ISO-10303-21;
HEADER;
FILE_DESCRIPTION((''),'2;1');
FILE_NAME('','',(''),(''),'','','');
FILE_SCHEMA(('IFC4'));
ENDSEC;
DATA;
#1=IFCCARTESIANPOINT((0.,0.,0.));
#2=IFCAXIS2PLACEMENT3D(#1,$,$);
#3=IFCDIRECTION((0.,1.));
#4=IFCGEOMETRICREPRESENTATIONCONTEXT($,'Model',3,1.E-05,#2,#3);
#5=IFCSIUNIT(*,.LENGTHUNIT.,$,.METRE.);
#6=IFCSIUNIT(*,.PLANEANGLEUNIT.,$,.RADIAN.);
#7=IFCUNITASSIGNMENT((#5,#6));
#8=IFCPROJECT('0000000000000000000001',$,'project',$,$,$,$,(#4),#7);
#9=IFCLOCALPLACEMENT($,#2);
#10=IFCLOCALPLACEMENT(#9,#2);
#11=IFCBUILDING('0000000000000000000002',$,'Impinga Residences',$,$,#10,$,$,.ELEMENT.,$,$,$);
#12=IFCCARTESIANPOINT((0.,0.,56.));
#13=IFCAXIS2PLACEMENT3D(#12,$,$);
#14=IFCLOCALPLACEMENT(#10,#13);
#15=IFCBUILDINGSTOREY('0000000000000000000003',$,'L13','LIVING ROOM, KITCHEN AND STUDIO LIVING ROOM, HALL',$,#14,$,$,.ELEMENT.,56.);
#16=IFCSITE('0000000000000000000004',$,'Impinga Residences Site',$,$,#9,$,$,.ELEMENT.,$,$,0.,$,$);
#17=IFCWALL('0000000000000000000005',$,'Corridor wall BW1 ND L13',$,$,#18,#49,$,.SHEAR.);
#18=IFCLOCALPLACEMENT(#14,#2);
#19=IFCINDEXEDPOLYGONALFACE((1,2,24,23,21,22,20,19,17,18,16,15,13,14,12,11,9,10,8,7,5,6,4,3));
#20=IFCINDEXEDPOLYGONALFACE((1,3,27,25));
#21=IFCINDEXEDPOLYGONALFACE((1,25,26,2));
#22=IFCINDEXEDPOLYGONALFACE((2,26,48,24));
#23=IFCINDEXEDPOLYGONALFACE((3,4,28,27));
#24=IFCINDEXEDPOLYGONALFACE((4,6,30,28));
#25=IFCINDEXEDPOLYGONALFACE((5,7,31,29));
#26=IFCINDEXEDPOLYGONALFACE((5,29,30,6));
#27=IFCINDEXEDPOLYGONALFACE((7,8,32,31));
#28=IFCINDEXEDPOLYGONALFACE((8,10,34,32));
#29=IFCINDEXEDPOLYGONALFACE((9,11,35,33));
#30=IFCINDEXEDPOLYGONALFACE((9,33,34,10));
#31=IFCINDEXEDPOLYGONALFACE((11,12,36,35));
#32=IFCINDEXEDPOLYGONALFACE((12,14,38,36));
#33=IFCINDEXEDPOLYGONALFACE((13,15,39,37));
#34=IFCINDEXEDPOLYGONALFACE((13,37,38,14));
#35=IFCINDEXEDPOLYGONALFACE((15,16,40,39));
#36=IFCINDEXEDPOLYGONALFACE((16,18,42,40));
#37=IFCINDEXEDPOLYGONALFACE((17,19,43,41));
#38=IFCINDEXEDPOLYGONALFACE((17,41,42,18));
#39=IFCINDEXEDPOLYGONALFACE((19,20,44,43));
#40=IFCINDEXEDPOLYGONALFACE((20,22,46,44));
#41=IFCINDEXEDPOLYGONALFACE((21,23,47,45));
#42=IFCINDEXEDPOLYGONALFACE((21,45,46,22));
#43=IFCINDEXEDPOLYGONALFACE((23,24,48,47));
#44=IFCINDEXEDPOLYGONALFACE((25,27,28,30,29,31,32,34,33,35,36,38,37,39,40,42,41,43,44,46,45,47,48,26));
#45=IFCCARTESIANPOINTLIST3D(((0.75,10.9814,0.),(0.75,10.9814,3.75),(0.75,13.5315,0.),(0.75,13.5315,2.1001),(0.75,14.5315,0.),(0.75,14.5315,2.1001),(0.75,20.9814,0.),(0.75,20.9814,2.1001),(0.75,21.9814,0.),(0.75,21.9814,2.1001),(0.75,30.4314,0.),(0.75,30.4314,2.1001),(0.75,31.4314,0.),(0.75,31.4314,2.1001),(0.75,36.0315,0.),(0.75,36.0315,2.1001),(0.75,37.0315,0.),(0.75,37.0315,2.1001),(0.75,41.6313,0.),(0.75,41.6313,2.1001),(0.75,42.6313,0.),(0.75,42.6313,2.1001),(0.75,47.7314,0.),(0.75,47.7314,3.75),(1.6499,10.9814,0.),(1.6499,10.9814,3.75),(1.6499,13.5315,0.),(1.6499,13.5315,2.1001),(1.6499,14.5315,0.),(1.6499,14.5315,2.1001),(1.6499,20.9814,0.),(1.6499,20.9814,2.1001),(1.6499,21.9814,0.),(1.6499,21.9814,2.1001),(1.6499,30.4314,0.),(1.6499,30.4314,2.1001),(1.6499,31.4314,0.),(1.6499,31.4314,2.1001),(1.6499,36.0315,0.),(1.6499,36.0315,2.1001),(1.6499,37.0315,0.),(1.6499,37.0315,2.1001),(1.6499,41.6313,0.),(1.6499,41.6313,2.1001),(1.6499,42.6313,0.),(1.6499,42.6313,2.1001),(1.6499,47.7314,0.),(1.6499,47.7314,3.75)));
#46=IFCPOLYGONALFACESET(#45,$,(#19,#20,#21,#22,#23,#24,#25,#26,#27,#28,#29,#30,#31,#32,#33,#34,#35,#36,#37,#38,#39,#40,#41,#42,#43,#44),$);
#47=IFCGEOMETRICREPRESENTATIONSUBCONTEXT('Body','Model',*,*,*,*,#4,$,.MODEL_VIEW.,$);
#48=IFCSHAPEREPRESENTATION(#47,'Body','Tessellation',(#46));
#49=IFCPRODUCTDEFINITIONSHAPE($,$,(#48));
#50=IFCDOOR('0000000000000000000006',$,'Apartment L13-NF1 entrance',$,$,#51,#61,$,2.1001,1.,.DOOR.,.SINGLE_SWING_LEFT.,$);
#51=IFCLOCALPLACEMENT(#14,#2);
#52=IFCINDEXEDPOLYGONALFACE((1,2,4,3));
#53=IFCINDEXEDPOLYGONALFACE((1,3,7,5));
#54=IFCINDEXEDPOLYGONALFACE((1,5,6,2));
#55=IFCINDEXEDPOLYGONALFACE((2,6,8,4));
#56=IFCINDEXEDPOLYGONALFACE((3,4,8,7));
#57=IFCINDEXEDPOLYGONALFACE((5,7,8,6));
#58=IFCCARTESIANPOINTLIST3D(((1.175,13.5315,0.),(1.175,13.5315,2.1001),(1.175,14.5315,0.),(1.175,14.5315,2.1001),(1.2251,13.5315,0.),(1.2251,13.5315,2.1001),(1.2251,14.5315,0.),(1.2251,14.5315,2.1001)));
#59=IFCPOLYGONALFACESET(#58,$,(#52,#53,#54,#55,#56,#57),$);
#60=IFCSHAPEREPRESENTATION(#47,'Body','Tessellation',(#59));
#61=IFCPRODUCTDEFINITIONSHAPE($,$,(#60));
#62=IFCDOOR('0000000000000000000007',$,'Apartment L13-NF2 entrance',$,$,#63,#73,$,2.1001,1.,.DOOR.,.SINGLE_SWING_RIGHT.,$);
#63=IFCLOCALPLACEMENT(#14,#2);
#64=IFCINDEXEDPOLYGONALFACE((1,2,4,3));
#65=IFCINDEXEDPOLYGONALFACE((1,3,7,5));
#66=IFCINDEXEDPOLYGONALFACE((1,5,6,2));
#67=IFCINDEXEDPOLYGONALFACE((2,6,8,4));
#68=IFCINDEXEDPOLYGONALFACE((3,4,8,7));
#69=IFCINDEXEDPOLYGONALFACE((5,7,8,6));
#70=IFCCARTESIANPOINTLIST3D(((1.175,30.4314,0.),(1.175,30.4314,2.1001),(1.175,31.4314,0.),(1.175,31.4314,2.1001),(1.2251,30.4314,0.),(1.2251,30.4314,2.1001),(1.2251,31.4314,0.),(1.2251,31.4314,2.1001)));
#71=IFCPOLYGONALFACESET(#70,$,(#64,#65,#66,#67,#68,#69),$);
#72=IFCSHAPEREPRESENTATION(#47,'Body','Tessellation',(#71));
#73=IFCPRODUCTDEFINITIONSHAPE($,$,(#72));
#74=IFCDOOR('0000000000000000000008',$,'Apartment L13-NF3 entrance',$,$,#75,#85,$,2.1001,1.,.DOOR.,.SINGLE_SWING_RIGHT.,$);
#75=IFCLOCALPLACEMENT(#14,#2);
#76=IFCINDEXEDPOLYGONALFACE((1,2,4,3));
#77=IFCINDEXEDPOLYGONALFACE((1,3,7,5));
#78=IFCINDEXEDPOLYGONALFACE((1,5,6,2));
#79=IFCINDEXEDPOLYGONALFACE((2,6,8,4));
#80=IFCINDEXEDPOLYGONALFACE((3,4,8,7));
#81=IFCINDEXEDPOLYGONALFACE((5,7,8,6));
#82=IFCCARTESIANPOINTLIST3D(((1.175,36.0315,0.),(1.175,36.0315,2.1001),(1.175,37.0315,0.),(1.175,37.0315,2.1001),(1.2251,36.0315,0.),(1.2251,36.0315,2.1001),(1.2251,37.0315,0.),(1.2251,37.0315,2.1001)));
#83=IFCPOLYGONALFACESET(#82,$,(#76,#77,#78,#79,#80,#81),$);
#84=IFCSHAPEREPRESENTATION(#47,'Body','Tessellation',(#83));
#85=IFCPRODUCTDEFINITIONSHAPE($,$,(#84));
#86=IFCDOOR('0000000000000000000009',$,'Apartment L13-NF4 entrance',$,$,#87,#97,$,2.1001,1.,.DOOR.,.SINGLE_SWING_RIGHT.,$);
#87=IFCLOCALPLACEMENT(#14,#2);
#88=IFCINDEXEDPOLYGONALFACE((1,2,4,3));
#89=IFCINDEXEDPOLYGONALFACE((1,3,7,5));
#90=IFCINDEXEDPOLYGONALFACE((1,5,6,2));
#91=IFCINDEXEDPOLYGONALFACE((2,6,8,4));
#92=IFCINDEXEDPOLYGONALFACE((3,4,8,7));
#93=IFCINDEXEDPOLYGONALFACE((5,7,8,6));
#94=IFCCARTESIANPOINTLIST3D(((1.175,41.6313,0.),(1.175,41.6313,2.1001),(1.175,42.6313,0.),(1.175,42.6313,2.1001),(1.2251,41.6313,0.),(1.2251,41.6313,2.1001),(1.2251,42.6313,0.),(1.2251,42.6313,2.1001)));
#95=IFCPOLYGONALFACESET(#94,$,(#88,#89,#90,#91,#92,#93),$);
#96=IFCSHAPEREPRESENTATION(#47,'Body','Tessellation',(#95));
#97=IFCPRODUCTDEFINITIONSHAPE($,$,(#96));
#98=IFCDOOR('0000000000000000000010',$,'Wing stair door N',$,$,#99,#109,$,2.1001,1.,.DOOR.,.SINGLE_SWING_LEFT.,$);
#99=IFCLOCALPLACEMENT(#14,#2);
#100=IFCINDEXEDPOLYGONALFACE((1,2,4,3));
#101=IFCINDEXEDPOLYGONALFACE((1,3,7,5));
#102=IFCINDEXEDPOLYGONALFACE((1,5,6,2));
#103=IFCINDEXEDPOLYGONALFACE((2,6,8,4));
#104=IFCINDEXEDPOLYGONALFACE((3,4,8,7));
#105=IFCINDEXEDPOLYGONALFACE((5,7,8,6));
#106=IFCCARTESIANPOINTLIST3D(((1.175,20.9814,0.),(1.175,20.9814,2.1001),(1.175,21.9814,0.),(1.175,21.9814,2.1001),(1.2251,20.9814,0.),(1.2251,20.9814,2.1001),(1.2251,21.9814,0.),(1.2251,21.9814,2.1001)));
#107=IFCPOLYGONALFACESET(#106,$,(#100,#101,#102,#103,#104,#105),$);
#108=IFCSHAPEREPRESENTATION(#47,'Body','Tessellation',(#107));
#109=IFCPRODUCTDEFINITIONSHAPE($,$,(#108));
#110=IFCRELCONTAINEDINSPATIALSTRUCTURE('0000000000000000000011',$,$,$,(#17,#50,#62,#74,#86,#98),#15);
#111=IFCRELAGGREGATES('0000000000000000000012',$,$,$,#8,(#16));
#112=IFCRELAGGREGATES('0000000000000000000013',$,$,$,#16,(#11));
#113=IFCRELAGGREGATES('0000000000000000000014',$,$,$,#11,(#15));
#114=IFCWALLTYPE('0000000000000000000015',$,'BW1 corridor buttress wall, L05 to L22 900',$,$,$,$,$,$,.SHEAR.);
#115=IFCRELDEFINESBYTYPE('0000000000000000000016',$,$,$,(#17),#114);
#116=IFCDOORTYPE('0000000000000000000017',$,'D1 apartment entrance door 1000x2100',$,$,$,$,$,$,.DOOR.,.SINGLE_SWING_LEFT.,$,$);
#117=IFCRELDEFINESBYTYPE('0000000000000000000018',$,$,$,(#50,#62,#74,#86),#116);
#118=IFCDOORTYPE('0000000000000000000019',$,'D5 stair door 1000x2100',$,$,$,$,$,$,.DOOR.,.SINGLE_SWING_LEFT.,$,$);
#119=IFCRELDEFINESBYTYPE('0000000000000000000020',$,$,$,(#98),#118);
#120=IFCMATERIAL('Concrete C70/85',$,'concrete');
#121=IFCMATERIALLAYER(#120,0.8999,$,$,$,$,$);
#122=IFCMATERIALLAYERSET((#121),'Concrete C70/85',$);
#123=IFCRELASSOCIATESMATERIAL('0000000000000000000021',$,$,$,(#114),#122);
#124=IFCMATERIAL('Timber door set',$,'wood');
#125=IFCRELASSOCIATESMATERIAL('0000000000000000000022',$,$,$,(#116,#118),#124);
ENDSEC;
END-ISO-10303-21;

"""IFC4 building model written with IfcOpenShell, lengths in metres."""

from ifc_helpers import new_model, si_unit, direction, frame, frame_2d, origin, place, context, subcontext, project, spatial, rectangle, extrude, material, layer, layer_set, type_object, element, fill, save


model = new_model("IFC4")

# Units and contexts
model_context = context("Model", 3, precision=1e-05, world=origin(), true_north=direction((0.0, 1.0)))
body_context = subcontext(model_context, "Body", "Model", "MODEL_VIEW")
ifc_project = project(units=[si_unit("LENGTHUNIT", "METRE"), si_unit("PLANEANGLEUNIT", "RADIAN")], contexts=[model_context])

# Site, building, storey
site_placement = place(None, origin())
site = spatial("IfcSite", under=ifc_project, at=site_placement, Name="Impinga Residences Site", CompositionType="ELEMENT", RefElevation=0.0)
building_placement = place(site_placement, origin())
building = spatial("IfcBuilding", under=site, at=building_placement, Name="Impinga Residences", CompositionType="ELEMENT")
storey_placement = place(building_placement, frame((0.0, 0.0, 56.0)))
storey = spatial("IfcBuildingStorey", under=building, at=storey_placement, Name="L13", Description="LIVING ROOM, KITCHEN AND STUDIO LIVING ROOM, HALL", CompositionType="ELEMENT", Elevation=56.0)

# Wall, openings, doors
ifc_material_1 = material(Name="Concrete C70/85", Category="concrete")
ifc_layer_1 = layer(ifc_material_1, 0.8999)
ifc_layer_set_1 = layer_set([ifc_layer_1], Name="Concrete C70/85")
wall_type_1 = type_object("IfcWallType", Name="BW1 corridor buttress wall, L05 to L22 900", PredefinedType="SHEAR", material=ifc_layer_set_1)
wall_1_placement = place(storey_placement, frame((1.2, 10.9814, 0.0), z_axis=(0.0, 0.0, 1.0), x_axis=(0.0, 1.0, 0.0)))
wall_1 = element("IfcWall", 1, at=wall_1_placement, inside=storey, type_object=wall_type_1, Name="Corridor wall BW1 ND L13", PredefinedType="SHEAR", context=body_context, shape_type="SweptSolid", body=[
    extrude(rectangle(XDim=36.75, YDim=0.8999, at=frame_2d((18.375, 0.0))), origin(), (0.0, 0.0, 1.0), 3.75),
])
opening_1_placement = place(wall_1_placement, frame((10.0, 0.0, 0.0)))
opening_1 = element("IfcOpeningElement", 2, at=opening_1_placement, cuts=wall_1, PredefinedType="OPENING", context=body_context, shape_type="SweptSolid", body=[
    extrude(rectangle(XDim=1.0, YDim=2.1001, at=frame_2d((0.5, 1.05))), frame((0.0, 0.46, 0.0), z_axis=(0.0, -1.0, 0.0), x_axis=(1.0, 0.0, 0.0)), (0.0, 0.0, 1.0), 0.9199),
])
opening_2_placement = place(wall_1_placement, frame((2.55, 0.0, 0.0)))
opening_2 = element("IfcOpeningElement", 3, at=opening_2_placement, cuts=wall_1, PredefinedType="OPENING", context=body_context, shape_type="SweptSolid", body=[
    extrude(rectangle(XDim=1.0, YDim=2.1001, at=frame_2d((0.5, 1.05))), frame((0.0, 0.46, 0.0), z_axis=(0.0, -1.0, 0.0), x_axis=(1.0, 0.0, 0.0)), (0.0, 0.0, 1.0), 0.9199),
])
opening_3_placement = place(wall_1_placement, frame((19.45, 0.0, 0.0)))
opening_3 = element("IfcOpeningElement", 4, at=opening_3_placement, cuts=wall_1, PredefinedType="OPENING", context=body_context, shape_type="SweptSolid", body=[
    extrude(rectangle(XDim=1.0, YDim=2.1001, at=frame_2d((0.5, 1.05))), frame((0.0, 0.46, 0.0), z_axis=(0.0, -1.0, 0.0), x_axis=(1.0, 0.0, 0.0)), (0.0, 0.0, 1.0), 0.9199),
])
opening_4_placement = place(wall_1_placement, frame((25.05, 0.0, 0.0)))
opening_4 = element("IfcOpeningElement", 5, at=opening_4_placement, cuts=wall_1, PredefinedType="OPENING", context=body_context, shape_type="SweptSolid", body=[
    extrude(rectangle(XDim=1.0, YDim=2.1001, at=frame_2d((0.5, 1.05))), frame((0.0, 0.46, 0.0), z_axis=(0.0, -1.0, 0.0), x_axis=(1.0, 0.0, 0.0)), (0.0, 0.0, 1.0), 0.9199),
])
opening_5_placement = place(wall_1_placement, frame((30.6499, 0.0, 0.0)))
opening_5 = element("IfcOpeningElement", 6, at=opening_5_placement, cuts=wall_1, PredefinedType="OPENING", context=body_context, shape_type="SweptSolid", body=[
    extrude(rectangle(XDim=1.0, YDim=2.1001, at=frame_2d((0.5, 1.05))), frame((0.0, 0.46, 0.0), z_axis=(0.0, -1.0, 0.0), x_axis=(1.0, 0.0, 0.0)), (0.0, 0.0, 1.0), 0.9199),
])
ifc_material_2 = material(Name="Timber door set", Category="wood")
door_type_1 = type_object("IfcDoorType", Name="D1 apartment entrance door 1000x2100", OperationType="SINGLE_SWING_LEFT", PredefinedType="DOOR", material=ifc_material_2)
door_1_placement = place(opening_2_placement, origin())
door_1 = element("IfcDoor", 7, at=door_1_placement, inside=storey, type_object=door_type_1, Name="Apartment L13-NF1 entrance", OperationType="SINGLE_SWING_LEFT", OverallHeight=2.1001, OverallWidth=1.0, PredefinedType="DOOR", context=body_context, shape_type="SweptSolid", body=[
    extrude(rectangle(XDim=1.0, YDim=2.1001, at=frame_2d((0.5, 1.05))), frame((0.0, 0.0249, 0.0), z_axis=(0.0, -1.0, 0.0), x_axis=(1.0, 0.0, 0.0)), (0.0, 0.0, 1.0), 0.05),
])
fill(opening_2, door_1)
door_2_placement = place(opening_3_placement, origin())
door_2 = element("IfcDoor", 8, at=door_2_placement, inside=storey, type_object=door_type_1, Name="Apartment L13-NF2 entrance", OperationType="SINGLE_SWING_RIGHT", OverallHeight=2.1001, OverallWidth=1.0, PredefinedType="DOOR", context=body_context, shape_type="SweptSolid", body=[
    extrude(rectangle(XDim=1.0, YDim=2.1001, at=frame_2d((0.5, 1.05))), frame((0.0, 0.0249, 0.0), z_axis=(0.0, -1.0, 0.0), x_axis=(1.0, 0.0, 0.0)), (0.0, 0.0, 1.0), 0.05),
])
fill(opening_3, door_2)
door_3_placement = place(opening_4_placement, origin())
door_3 = element("IfcDoor", 9, at=door_3_placement, inside=storey, type_object=door_type_1, Name="Apartment L13-NF3 entrance", OperationType="SINGLE_SWING_RIGHT", OverallHeight=2.1001, OverallWidth=1.0, PredefinedType="DOOR", context=body_context, shape_type="SweptSolid", body=[
    extrude(rectangle(XDim=1.0, YDim=2.1001, at=frame_2d((0.5, 1.05))), frame((0.0, 0.0249, 0.0), z_axis=(0.0, -1.0, 0.0), x_axis=(1.0, 0.0, 0.0)), (0.0, 0.0, 1.0), 0.05),
])
fill(opening_4, door_3)
door_4_placement = place(opening_5_placement, origin())
door_4 = element("IfcDoor", 10, at=door_4_placement, inside=storey, type_object=door_type_1, Name="Apartment L13-NF4 entrance", OperationType="SINGLE_SWING_RIGHT", OverallHeight=2.1001, OverallWidth=1.0, PredefinedType="DOOR", context=body_context, shape_type="SweptSolid", body=[
    extrude(rectangle(XDim=1.0, YDim=2.1001, at=frame_2d((0.5, 1.05))), frame((0.0, 0.0249, 0.0), z_axis=(0.0, -1.0, 0.0), x_axis=(1.0, 0.0, 0.0)), (0.0, 0.0, 1.0), 0.05),
])
fill(opening_5, door_4)
door_type_2 = type_object("IfcDoorType", Name="D5 stair door 1000x2100", OperationType="SINGLE_SWING_LEFT", PredefinedType="DOOR", material=ifc_material_2)
door_5_placement = place(opening_1_placement, origin())
door_5 = element("IfcDoor", 11, at=door_5_placement, inside=storey, type_object=door_type_2, Name="Wing stair door N", OperationType="SINGLE_SWING_LEFT", OverallHeight=2.1001, OverallWidth=1.0, PredefinedType="DOOR", context=body_context, shape_type="SweptSolid", body=[
    extrude(rectangle(XDim=1.0, YDim=2.1001, at=frame_2d((0.5, 1.05))), frame((0.0, 0.0249, 0.0), z_axis=(0.0, -1.0, 0.0), x_axis=(1.0, 0.0, 0.0)), (0.0, 0.0, 1.0), 0.05),
])
fill(opening_1, door_5)

save(model, "model.ifc")
